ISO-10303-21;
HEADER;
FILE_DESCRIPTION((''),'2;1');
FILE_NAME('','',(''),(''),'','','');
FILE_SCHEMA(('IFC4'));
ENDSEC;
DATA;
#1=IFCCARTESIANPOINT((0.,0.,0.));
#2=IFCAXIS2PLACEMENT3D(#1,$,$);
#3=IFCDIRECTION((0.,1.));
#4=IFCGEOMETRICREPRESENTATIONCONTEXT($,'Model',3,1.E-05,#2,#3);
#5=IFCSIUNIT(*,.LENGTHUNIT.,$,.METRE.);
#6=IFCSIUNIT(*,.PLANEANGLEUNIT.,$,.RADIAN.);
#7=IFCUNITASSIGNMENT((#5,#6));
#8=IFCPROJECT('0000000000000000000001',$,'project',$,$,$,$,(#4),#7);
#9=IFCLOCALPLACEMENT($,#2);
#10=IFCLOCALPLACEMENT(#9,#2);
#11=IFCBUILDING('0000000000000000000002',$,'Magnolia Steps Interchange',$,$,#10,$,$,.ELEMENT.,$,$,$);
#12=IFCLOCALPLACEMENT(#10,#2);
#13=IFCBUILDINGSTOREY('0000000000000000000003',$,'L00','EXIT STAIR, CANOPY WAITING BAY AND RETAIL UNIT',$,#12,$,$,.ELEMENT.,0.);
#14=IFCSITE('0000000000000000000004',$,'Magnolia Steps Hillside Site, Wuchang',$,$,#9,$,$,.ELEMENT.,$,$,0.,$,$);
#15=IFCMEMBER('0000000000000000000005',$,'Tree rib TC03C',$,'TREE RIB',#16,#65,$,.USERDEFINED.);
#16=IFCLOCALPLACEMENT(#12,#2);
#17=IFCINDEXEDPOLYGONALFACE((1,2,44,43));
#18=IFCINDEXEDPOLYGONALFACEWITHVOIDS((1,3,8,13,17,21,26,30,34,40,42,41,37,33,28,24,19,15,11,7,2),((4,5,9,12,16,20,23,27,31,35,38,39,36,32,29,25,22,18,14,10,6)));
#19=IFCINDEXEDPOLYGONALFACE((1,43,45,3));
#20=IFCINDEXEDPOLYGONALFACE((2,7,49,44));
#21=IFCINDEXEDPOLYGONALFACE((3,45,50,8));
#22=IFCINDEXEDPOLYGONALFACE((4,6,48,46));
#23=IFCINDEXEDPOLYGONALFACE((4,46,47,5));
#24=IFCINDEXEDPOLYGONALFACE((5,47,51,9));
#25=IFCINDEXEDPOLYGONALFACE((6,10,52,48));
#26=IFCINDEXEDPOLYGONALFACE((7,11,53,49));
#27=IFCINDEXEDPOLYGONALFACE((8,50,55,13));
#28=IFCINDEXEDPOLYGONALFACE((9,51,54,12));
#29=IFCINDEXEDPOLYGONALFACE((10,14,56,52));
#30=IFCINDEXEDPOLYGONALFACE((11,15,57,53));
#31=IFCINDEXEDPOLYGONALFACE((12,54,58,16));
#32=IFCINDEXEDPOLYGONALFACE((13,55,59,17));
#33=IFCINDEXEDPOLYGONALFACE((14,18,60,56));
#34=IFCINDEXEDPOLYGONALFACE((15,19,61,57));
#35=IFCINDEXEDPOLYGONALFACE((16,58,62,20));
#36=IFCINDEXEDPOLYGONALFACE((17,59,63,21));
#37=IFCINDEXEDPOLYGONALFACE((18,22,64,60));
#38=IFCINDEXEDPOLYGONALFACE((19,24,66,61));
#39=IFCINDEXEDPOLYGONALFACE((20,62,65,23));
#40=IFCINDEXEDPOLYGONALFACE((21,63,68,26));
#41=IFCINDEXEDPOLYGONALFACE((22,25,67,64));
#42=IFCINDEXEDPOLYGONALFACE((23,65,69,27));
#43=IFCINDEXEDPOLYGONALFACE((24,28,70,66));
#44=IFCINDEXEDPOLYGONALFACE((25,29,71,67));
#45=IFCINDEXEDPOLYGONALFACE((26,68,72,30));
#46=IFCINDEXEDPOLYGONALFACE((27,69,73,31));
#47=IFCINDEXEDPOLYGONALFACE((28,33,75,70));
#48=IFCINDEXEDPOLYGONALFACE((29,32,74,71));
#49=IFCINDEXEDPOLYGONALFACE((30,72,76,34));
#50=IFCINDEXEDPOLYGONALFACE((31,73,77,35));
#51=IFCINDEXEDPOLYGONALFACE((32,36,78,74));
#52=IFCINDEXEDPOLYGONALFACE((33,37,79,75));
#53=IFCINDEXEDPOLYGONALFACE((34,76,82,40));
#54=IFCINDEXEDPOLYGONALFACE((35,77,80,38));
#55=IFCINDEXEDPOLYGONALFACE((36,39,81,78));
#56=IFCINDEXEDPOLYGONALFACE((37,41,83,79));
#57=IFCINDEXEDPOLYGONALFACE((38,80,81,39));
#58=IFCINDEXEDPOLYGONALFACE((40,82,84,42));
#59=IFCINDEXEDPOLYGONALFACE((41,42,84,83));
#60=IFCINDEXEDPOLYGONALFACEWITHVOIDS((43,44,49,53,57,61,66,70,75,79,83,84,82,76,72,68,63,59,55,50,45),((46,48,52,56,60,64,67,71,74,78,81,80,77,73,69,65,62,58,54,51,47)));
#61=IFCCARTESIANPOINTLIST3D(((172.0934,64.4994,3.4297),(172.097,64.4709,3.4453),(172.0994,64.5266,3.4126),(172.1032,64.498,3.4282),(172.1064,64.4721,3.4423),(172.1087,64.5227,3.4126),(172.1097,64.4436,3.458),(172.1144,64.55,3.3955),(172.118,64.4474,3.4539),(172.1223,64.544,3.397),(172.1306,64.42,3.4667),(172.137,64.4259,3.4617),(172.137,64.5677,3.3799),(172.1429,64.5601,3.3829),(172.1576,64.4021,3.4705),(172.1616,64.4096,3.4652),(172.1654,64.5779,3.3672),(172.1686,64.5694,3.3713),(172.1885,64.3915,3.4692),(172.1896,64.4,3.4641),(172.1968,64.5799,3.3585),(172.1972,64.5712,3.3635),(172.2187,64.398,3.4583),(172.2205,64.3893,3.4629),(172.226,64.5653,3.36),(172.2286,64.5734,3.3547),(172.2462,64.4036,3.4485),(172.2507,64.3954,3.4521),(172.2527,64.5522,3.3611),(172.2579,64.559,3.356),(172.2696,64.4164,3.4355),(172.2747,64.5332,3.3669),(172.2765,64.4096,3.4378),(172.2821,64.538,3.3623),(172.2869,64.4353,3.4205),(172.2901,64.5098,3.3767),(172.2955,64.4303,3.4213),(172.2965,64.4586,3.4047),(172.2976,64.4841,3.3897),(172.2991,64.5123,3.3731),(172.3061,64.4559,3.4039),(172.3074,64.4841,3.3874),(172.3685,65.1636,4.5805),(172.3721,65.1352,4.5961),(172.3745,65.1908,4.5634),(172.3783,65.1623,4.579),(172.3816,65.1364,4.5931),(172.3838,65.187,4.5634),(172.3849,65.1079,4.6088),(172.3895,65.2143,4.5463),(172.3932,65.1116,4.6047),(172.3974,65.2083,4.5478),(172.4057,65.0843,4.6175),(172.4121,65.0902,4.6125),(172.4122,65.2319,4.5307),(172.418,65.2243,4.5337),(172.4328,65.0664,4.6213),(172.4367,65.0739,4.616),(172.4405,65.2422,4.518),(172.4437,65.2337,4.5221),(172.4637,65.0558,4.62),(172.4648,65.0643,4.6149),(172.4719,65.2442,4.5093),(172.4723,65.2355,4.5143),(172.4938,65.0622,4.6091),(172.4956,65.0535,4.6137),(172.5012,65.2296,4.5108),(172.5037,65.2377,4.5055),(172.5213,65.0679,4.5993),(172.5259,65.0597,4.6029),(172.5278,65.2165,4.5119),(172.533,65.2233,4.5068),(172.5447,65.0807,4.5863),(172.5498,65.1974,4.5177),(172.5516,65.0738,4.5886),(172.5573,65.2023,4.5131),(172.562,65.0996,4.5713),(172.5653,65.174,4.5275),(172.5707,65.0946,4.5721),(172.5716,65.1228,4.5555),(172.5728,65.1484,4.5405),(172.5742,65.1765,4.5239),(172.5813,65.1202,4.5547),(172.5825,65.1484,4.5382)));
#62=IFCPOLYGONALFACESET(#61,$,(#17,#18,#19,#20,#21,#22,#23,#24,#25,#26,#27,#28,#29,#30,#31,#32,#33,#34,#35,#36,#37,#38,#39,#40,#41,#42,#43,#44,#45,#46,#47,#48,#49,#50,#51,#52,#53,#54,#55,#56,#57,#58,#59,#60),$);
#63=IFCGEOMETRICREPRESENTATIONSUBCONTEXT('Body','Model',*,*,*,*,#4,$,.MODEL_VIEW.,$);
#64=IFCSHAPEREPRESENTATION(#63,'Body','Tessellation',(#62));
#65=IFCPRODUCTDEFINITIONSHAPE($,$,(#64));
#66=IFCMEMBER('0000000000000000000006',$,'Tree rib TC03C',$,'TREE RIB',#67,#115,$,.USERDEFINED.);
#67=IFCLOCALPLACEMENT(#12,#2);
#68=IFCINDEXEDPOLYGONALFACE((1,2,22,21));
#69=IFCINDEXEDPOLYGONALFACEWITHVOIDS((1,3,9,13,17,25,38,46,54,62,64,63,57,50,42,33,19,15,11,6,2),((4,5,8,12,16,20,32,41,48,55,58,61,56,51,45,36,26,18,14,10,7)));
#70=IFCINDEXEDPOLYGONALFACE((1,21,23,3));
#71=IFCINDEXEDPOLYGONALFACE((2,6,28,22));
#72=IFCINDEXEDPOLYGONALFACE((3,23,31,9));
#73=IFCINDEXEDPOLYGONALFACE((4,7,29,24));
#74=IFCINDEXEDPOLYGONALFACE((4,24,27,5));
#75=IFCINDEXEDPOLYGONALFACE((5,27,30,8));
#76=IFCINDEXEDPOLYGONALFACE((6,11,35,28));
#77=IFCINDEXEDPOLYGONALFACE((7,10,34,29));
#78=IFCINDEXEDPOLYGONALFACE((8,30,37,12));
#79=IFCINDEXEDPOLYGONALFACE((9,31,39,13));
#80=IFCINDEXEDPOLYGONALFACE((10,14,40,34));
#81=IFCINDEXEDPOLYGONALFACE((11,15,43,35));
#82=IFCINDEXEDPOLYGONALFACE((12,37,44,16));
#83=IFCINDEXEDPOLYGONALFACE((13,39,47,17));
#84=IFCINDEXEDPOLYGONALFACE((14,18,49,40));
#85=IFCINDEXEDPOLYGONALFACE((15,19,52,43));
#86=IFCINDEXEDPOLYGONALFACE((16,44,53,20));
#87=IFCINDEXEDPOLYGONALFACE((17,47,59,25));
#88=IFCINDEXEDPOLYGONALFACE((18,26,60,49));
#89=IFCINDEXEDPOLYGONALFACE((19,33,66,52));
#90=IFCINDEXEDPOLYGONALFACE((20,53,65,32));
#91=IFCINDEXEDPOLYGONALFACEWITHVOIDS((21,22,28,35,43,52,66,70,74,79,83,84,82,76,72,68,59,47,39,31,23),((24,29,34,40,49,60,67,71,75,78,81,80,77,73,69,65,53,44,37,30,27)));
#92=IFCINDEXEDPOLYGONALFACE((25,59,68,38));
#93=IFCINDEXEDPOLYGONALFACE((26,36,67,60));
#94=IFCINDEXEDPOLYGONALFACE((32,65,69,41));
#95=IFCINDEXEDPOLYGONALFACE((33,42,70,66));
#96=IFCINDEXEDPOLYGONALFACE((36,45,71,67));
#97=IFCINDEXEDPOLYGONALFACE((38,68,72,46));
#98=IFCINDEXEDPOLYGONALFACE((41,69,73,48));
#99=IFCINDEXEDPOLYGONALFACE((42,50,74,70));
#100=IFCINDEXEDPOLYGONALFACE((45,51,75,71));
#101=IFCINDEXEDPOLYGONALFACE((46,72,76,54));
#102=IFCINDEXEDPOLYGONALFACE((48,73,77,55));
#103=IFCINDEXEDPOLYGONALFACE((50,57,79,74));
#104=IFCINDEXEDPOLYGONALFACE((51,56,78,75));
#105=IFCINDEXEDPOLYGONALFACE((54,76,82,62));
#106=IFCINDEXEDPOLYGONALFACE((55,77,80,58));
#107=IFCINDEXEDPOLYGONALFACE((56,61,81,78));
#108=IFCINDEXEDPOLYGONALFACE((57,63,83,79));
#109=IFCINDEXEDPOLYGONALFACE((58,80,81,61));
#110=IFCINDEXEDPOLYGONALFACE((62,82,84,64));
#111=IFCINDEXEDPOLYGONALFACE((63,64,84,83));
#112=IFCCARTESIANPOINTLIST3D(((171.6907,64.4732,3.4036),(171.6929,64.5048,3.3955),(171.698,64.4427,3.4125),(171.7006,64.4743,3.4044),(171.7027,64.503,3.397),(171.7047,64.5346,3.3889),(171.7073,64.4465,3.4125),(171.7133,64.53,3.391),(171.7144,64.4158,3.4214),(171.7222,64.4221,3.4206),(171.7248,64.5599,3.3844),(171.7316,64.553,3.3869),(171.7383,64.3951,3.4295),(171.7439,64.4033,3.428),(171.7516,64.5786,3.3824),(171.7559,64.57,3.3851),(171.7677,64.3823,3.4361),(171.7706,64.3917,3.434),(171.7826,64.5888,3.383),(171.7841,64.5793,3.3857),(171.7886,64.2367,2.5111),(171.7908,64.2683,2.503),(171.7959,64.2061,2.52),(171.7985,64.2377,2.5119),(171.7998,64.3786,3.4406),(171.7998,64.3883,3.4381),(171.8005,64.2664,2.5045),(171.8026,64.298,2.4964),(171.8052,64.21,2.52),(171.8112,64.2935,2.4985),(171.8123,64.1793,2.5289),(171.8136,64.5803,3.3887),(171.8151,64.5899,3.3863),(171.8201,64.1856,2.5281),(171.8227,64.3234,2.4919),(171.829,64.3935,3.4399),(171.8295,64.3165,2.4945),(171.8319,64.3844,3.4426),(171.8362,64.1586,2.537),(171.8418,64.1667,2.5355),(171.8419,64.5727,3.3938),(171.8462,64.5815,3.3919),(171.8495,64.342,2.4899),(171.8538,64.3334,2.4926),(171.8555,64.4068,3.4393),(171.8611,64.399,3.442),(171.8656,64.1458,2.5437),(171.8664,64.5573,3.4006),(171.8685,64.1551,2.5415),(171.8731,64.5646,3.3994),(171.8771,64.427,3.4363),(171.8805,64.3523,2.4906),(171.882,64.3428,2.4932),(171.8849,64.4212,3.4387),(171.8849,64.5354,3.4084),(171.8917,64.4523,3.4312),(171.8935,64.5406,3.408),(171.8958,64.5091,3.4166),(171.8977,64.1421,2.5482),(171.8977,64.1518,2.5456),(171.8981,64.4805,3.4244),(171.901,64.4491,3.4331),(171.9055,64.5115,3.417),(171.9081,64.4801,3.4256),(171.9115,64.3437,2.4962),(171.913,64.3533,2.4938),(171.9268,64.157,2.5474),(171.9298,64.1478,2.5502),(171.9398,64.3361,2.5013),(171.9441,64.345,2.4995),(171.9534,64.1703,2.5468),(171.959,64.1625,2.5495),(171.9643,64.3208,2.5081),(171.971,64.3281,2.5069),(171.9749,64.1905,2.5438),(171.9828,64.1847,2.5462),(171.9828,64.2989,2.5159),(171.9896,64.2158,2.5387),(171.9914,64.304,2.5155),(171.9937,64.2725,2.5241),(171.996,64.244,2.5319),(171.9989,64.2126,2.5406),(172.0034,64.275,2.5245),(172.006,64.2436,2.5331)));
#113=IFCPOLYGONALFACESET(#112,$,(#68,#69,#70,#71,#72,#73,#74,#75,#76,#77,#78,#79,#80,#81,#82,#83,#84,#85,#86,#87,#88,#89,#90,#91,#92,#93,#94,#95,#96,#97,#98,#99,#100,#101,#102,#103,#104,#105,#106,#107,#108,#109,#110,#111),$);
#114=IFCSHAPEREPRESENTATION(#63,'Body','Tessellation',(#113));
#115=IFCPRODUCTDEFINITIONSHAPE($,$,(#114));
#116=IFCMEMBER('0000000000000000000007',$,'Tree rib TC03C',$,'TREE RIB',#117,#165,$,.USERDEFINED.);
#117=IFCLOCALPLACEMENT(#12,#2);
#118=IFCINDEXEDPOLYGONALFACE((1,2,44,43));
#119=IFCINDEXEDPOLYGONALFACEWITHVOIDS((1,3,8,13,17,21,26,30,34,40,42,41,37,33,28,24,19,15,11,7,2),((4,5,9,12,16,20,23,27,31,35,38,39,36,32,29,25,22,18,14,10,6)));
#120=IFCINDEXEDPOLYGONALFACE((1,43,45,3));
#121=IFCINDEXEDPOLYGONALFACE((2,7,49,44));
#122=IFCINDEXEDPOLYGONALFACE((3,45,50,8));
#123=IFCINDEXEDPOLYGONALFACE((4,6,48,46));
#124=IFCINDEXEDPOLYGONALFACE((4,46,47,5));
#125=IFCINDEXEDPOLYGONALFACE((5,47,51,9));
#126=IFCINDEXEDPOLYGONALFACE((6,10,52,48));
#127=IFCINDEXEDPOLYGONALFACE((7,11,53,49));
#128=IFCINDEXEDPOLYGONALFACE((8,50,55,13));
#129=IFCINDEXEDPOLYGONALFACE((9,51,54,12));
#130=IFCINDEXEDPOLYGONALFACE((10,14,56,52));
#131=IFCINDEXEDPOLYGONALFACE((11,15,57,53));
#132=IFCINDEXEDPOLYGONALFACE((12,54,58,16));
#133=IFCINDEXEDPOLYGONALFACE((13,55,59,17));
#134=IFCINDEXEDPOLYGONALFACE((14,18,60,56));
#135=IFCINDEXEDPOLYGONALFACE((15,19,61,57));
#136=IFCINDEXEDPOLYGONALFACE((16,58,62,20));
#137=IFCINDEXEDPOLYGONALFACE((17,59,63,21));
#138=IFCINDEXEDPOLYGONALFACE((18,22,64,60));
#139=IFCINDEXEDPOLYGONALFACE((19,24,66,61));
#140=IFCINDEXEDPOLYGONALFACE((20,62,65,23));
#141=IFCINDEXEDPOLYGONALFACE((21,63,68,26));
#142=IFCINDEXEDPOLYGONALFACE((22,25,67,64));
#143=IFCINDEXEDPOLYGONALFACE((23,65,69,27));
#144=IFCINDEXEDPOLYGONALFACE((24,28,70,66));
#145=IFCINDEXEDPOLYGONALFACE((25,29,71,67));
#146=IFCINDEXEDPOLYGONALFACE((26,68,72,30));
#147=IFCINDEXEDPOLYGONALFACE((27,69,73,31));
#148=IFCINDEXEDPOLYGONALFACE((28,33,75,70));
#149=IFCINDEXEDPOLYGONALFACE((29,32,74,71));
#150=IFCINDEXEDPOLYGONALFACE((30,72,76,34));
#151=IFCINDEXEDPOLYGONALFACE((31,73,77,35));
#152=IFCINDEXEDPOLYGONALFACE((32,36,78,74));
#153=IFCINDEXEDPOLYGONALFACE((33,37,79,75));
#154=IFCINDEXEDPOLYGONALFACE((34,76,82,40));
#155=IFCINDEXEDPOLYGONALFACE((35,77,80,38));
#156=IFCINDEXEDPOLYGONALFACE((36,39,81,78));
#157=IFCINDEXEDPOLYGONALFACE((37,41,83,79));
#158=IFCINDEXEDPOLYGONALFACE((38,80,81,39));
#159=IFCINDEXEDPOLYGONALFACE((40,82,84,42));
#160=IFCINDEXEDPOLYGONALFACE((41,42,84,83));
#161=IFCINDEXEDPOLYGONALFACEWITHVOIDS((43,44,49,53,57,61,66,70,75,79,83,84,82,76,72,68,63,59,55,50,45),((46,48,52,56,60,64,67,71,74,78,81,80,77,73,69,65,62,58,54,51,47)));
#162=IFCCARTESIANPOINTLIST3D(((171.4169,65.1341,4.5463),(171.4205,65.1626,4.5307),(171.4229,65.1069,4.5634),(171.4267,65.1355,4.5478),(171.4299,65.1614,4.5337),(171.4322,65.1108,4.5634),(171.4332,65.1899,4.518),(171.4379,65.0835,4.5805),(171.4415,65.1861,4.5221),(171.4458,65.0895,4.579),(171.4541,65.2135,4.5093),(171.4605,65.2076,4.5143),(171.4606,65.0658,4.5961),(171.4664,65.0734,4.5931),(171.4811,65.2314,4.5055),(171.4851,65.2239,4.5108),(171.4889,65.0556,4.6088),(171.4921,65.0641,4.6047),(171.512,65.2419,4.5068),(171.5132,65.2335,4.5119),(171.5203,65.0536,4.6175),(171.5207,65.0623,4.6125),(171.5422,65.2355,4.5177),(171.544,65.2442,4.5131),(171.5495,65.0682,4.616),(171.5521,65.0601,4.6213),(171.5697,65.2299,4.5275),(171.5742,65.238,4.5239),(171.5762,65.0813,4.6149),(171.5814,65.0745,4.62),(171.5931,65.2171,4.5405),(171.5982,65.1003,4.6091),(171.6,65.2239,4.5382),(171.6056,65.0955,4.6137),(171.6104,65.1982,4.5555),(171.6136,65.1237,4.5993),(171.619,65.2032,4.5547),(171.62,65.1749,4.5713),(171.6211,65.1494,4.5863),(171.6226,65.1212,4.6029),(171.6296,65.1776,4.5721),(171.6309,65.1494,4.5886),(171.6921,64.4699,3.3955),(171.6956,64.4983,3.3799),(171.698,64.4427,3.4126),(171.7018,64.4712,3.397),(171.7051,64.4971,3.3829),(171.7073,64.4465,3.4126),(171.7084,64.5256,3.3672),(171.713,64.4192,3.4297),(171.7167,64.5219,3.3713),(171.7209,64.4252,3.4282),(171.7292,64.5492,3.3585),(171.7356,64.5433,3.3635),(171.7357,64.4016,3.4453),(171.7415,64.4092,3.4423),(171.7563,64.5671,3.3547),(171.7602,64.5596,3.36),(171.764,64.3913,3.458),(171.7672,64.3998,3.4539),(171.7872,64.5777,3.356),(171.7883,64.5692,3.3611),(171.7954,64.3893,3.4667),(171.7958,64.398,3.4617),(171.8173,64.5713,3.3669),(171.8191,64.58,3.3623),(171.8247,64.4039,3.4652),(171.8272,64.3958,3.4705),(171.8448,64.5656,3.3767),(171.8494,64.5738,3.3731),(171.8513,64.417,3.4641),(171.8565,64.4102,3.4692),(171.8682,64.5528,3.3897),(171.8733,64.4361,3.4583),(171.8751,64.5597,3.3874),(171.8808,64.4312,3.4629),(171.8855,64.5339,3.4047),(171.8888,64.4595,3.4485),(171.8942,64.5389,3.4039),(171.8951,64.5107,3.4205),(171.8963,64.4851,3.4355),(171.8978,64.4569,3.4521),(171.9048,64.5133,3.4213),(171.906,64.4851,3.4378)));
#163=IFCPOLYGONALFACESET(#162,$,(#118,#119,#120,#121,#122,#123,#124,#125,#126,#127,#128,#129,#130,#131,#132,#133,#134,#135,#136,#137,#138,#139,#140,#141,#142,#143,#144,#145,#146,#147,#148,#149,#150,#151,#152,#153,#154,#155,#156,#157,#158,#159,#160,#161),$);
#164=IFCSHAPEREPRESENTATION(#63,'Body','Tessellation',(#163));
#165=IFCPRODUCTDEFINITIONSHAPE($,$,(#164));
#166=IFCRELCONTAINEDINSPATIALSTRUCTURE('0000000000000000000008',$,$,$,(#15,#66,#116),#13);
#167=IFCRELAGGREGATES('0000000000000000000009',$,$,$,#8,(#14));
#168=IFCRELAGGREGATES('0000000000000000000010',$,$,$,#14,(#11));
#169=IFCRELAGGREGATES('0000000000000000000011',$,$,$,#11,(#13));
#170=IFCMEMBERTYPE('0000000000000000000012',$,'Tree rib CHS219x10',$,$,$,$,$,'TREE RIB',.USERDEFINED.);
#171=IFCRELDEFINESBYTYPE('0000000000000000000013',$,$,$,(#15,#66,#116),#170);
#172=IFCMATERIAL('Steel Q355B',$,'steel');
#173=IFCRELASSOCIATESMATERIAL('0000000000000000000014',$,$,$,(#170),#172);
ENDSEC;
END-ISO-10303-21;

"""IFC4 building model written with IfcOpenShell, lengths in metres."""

from ifc_helpers import new_model, si_unit, direction, frame, origin, origin_2d, place, context, subcontext, project, spatial, hollow_circle, extrude, material, material_profile, profile_set, type_object, element, save


model = new_model("IFC4")

# Units and contexts
model_context = context("Model", 3, precision=1e-05, world=origin(), true_north=direction((0.0, 1.0)))
body_context = subcontext(model_context, "Body", "Model", "MODEL_VIEW")
ifc_project = project(units=[si_unit("LENGTHUNIT", "METRE"), si_unit("PLANEANGLEUNIT", "RADIAN")], contexts=[model_context])

# Site, building, storey
site_placement = place(None, origin())
site = spatial("IfcSite", under=ifc_project, at=site_placement, Name="Magnolia Steps Hillside Site, Wuchang", CompositionType="ELEMENT", RefElevation=0.0)
building_placement = place(site_placement, origin())
building = spatial("IfcBuilding", under=site, at=building_placement, Name="Magnolia Steps Interchange", CompositionType="ELEMENT")
storey_placement = place(building_placement, origin())
storey = spatial("IfcBuildingStorey", under=building, at=storey_placement, Name="L00", Description="EXIT STAIR, CANOPY WAITING BAY AND RETAIL UNIT", CompositionType="ELEMENT", Elevation=0.0)

# Members
ifc_material_1 = material(Name="Steel Q355B", Category="steel")
ifc_material_profile_1 = material_profile(ifc_material_1, hollow_circle(Radius=0.1096, WallThickness=0.01, at=origin_2d()), Name="CHS219x10")
ifc_profile_set_1 = profile_set([ifc_material_profile_1], Name="Steel Q355B")
member_type = type_object("IfcMemberType", Name="Tree rib CHS219x10", ElementType="TREE RIB", PredefinedType="USERDEFINED", material=ifc_profile_set_1)
member_1_placement = place(storey_placement, frame((172.2007, 64.4846, 3.4126), z_axis=(0.202756, 0.48953, 0.848086), x_axis=(-0.923889, 0.382662, 0.0)))
element("IfcMember", 1, at=member_1_placement, inside=storey, type_object=member_type, Name="Tree rib TC03C", ObjectType="TREE RIB", PredefinedType="USERDEFINED", context=body_context, shape_type="SweptSolid", body=[
    extrude(hollow_circle(Radius=0.1096, WallThickness=0.01, at=origin_2d()), origin(), (0.0, 0.0, 1.0), 1.3569),
])
member_2_placement = place(storey_placement, frame((171.8972, 64.248, 2.52), z_axis=(-0.105431, 0.25477, 0.961237), x_axis=(-0.924005, -0.38238, 0.0)))
element("IfcMember", 2, at=member_2_placement, inside=storey, type_object=member_type, Name="Tree rib TC03C", ObjectType="TREE RIB", PredefinedType="USERDEFINED", context=body_context, shape_type="SweptSolid", body=[
    extrude(hollow_circle(Radius=0.1096, WallThickness=0.01, at=origin_2d()), origin(), (0.0, 0.0, 1.0), 0.9285),
])
member_3_placement = place(storey_placement, frame((171.7993, 64.4846, 3.4126), z_axis=(-0.202756, 0.48953, 0.848086), x_axis=(-0.923889, -0.382662, 0.0)))
element("IfcMember", 3, at=member_3_placement, inside=storey, type_object=member_type, Name="Tree rib TC03C", ObjectType="TREE RIB", PredefinedType="USERDEFINED", context=body_context, shape_type="SweptSolid", body=[
    extrude(hollow_circle(Radius=0.1096, WallThickness=0.01, at=origin_2d()), origin(), (0.0, 0.0, 1.0), 1.3569),
])

save(model, "model.ifc")
